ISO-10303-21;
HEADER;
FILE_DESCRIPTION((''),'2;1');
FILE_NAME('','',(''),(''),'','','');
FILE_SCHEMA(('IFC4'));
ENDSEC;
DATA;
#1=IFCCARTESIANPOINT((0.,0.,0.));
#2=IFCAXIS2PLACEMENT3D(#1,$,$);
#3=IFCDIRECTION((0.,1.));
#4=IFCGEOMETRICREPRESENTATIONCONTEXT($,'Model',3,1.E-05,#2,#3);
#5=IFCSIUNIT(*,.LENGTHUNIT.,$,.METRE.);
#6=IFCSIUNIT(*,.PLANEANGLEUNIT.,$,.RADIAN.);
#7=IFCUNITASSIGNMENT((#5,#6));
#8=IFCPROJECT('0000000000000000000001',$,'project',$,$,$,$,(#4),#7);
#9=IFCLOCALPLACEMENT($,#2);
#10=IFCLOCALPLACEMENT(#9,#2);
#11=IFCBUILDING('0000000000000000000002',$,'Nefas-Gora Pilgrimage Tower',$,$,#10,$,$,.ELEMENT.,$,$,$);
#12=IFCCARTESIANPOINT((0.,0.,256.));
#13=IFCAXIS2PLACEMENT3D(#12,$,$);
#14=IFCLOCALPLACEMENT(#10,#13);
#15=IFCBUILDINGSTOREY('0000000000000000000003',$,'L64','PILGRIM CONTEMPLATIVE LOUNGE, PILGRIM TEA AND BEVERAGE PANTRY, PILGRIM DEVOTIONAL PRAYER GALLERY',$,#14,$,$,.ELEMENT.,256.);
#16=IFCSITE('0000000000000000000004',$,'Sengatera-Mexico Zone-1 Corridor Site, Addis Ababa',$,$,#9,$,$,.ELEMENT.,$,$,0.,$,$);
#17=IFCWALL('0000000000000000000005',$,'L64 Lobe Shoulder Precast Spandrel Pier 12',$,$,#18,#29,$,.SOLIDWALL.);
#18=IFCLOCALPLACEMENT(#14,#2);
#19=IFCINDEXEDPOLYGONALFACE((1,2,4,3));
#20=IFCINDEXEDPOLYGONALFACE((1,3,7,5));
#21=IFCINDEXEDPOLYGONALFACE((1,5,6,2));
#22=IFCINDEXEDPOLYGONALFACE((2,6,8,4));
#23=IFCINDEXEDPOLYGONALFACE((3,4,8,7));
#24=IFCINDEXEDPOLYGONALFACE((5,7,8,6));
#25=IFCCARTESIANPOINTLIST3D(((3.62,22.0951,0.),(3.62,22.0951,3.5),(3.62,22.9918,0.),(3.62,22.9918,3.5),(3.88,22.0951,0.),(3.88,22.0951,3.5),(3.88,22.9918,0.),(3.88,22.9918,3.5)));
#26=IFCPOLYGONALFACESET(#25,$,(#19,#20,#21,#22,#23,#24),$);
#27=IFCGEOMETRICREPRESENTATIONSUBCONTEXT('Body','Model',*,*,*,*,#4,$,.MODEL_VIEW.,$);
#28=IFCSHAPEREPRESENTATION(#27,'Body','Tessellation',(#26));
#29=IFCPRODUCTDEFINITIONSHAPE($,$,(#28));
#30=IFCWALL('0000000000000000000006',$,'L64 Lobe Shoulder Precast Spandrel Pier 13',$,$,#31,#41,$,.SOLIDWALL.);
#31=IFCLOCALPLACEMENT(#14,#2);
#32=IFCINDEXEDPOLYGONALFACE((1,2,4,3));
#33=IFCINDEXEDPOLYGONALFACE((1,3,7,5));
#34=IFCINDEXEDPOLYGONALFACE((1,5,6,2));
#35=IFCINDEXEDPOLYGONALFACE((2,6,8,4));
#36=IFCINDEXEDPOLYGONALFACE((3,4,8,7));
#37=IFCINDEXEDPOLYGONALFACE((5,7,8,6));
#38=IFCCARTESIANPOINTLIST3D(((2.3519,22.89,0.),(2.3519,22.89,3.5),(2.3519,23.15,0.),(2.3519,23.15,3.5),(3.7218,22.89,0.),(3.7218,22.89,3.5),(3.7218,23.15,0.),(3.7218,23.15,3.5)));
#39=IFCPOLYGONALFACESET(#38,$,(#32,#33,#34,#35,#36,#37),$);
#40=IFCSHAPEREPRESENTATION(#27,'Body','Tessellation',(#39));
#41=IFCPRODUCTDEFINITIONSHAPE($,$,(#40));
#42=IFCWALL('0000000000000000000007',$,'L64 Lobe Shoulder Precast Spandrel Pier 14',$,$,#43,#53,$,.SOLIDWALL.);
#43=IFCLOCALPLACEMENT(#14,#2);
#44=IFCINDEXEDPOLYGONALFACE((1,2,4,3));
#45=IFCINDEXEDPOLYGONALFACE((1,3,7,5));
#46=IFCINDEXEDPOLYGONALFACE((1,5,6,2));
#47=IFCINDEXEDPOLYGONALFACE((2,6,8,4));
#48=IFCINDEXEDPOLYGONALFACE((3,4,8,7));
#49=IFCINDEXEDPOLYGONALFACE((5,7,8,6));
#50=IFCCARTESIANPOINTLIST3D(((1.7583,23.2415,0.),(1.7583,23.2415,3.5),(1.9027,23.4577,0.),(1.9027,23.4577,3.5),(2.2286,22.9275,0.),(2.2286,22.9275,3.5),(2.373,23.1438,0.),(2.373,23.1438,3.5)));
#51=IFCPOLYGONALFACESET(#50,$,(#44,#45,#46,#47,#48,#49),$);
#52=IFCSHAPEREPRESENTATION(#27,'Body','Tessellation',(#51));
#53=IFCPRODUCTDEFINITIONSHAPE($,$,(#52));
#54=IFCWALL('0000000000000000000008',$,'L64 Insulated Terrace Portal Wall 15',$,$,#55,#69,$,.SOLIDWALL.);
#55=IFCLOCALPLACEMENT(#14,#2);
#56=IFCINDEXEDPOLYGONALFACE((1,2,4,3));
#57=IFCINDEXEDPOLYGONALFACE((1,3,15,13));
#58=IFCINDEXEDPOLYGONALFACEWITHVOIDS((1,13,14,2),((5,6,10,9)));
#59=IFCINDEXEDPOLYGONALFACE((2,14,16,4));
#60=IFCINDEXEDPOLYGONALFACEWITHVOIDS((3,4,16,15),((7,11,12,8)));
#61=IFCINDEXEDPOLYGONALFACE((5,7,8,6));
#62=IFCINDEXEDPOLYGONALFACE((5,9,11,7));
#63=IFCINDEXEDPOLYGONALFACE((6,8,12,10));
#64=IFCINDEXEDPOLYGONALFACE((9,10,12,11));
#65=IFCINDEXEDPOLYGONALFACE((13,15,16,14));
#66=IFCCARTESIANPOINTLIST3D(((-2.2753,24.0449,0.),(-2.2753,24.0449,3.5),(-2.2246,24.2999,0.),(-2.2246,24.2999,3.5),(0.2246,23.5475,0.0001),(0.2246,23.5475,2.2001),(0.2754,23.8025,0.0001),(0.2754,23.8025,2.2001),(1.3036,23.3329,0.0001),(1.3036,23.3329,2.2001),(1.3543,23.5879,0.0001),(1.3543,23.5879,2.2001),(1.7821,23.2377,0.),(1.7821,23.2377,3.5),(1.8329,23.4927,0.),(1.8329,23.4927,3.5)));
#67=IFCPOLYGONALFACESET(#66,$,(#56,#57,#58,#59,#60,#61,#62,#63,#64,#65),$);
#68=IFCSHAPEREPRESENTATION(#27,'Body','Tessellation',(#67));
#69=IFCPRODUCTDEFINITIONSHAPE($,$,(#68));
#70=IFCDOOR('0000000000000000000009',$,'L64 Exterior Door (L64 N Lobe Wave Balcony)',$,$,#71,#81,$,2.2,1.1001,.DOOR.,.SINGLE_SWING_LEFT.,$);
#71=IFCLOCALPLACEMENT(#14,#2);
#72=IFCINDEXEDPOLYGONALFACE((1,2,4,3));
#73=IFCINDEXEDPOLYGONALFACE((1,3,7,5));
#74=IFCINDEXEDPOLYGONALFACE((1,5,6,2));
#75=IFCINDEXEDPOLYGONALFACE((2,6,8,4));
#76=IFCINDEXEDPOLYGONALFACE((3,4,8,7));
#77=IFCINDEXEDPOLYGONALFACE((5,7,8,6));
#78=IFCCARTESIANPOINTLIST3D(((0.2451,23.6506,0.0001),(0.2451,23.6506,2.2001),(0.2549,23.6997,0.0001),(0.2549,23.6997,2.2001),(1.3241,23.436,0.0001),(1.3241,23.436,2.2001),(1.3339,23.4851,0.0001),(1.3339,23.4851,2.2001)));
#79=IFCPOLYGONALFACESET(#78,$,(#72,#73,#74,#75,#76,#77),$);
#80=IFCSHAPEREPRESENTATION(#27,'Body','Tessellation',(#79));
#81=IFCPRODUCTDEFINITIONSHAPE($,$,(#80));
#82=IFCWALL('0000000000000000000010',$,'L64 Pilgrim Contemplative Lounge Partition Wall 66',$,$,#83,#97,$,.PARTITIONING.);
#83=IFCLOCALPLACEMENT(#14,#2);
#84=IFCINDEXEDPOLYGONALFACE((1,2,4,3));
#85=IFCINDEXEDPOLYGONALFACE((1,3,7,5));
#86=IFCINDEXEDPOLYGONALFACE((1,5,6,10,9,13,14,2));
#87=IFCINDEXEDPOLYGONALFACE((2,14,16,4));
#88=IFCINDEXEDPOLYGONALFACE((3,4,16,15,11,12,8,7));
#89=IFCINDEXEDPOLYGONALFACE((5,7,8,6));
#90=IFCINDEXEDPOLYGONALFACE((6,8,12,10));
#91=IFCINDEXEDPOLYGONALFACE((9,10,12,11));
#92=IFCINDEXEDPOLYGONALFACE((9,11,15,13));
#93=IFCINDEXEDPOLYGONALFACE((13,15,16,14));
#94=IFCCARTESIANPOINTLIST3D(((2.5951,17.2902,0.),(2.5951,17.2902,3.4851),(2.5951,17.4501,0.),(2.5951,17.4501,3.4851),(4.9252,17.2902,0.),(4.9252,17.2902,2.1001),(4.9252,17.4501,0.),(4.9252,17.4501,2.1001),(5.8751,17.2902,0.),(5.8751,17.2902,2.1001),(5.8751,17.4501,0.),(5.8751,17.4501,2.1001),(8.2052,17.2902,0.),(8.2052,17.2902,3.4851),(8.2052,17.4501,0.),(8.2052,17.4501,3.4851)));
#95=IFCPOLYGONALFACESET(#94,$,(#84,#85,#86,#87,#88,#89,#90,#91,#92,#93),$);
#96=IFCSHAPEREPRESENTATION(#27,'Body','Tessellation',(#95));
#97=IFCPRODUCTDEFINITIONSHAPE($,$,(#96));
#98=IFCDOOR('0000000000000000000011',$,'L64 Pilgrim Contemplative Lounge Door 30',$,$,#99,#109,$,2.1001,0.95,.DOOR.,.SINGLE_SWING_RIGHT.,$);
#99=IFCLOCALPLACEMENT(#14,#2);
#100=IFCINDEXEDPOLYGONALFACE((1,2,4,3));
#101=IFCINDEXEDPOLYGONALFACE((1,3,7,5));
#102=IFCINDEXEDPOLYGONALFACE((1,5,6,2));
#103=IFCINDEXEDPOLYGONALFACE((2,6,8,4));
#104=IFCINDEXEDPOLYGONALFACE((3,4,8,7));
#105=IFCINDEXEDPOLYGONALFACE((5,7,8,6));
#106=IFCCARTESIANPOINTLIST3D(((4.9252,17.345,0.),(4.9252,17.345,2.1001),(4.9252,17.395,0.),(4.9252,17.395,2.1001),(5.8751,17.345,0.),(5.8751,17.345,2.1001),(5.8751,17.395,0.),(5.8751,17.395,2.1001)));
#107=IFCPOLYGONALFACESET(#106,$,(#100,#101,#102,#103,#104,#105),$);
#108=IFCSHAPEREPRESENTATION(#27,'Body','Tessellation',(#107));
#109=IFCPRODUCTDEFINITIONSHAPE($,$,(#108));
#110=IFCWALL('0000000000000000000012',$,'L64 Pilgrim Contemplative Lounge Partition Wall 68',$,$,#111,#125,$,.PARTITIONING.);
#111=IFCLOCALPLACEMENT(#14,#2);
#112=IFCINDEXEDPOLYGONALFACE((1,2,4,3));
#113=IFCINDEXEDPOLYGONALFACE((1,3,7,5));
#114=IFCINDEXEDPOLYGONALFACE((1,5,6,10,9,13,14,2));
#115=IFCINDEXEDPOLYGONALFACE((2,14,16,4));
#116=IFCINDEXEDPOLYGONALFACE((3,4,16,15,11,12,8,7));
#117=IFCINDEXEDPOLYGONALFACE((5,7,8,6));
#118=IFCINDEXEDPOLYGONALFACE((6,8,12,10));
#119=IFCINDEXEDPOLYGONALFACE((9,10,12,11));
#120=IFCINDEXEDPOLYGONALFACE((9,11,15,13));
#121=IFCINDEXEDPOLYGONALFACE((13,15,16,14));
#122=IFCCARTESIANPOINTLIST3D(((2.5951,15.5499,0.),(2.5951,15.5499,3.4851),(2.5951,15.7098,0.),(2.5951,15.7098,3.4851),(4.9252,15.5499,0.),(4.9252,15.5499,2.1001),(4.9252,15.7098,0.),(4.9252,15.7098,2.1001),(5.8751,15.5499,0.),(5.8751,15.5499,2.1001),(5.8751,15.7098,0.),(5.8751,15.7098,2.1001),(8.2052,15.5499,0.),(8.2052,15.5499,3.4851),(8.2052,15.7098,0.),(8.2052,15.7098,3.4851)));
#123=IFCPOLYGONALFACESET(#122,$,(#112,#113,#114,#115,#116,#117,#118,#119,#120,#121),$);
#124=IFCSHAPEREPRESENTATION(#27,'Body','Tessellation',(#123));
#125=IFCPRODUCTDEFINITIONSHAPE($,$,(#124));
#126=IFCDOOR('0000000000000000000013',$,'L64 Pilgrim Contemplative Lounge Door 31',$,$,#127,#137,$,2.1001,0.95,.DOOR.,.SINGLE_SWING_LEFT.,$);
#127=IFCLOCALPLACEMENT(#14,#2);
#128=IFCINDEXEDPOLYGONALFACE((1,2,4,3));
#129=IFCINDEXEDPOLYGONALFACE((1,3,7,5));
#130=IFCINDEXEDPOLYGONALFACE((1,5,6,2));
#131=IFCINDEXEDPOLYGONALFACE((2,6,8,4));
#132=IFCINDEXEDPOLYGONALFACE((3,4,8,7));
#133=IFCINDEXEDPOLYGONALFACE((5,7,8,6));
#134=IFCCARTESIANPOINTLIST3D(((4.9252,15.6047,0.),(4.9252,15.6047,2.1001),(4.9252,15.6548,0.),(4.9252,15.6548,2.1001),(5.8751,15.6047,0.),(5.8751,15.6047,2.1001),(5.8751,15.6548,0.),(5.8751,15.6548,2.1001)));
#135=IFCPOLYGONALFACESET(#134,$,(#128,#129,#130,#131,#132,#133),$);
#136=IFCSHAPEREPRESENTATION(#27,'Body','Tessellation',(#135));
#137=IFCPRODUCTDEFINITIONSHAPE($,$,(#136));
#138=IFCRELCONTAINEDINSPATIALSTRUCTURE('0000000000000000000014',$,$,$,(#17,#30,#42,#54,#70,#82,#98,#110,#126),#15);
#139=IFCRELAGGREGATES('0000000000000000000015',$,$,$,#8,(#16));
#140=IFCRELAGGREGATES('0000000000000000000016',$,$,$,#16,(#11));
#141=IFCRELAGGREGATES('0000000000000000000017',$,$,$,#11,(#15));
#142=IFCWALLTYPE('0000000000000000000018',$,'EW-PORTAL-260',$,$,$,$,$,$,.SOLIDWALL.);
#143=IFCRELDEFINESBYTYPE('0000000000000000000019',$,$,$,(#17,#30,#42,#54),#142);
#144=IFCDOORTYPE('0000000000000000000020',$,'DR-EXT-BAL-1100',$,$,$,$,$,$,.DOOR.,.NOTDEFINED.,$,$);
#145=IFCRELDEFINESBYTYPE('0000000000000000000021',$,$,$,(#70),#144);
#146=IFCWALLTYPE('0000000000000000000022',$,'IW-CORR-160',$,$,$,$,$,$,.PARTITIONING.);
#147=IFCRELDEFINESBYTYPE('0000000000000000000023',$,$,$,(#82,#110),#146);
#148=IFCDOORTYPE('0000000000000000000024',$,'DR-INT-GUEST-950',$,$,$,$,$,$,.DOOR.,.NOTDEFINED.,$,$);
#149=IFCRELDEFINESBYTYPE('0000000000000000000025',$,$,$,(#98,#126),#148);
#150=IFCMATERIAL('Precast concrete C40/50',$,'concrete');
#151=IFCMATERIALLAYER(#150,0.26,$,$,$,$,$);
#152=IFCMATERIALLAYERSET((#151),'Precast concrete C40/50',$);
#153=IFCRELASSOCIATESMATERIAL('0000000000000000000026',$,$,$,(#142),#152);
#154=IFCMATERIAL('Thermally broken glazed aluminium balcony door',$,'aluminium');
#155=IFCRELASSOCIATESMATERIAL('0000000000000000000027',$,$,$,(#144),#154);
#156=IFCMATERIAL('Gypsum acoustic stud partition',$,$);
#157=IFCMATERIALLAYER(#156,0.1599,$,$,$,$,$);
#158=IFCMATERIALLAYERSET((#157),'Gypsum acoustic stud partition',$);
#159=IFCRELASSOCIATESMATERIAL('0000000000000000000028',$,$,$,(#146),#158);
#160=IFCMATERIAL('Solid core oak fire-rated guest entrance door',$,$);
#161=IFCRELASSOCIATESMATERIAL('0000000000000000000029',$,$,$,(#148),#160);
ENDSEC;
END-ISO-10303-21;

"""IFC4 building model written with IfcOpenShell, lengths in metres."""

from ifc_helpers import new_model, si_unit, direction, frame, frame_2d, origin, place, context, subcontext, project, spatial, rectangle, extrude, source, transform, mapped, material, layer, layer_set, type_object, element, fill, save


model = new_model("IFC4")

# Units and contexts
model_context = context("Model", 3, precision=1e-05, world=origin(), true_north=direction((0.0, 1.0)))
body_context = subcontext(model_context, "Body", "Model", "MODEL_VIEW")
ifc_project = project(units=[si_unit("LENGTHUNIT", "METRE"), si_unit("PLANEANGLEUNIT", "RADIAN")], contexts=[model_context])

# Site, building, storey
site_placement = place(None, origin())
site = spatial("IfcSite", under=ifc_project, at=site_placement, Name="Sengatera-Mexico Zone-1 Corridor Site, Addis Ababa", CompositionType="ELEMENT", RefElevation=0.0)
building_placement = place(site_placement, origin())
building = spatial("IfcBuilding", under=site, at=building_placement, Name="Nefas-Gora Pilgrimage Tower", CompositionType="ELEMENT")
storey_placement = place(building_placement, frame((0.0, 0.0, 256.0)))
storey = spatial("IfcBuildingStorey", under=building, at=storey_placement, Name="L64", Description="PILGRIM CONTEMPLATIVE LOUNGE, PILGRIM TEA AND BEVERAGE PANTRY, PILGRIM DEVOTIONAL PRAYER GALLERY", CompositionType="ELEMENT", Elevation=256.0)

# Walls
ifc_material_1 = material(Name="Precast concrete C40/50", Category="concrete")
ifc_layer_1 = layer(ifc_material_1, 0.26)
ifc_layer_set_1 = layer_set([ifc_layer_1], Name="Precast concrete C40/50")
wall_type_1 = type_object("IfcWallType", Name="EW-PORTAL-260", PredefinedType="SOLIDWALL", material=ifc_layer_set_1)
shared_shape_1 = source(origin(), body_context, "Body", "SweptSolid", [
    extrude(rectangle(XDim=0.8967, YDim=0.26, at=frame_2d((0.4482, 0.0))), origin(), (0.0, 0.0, 1.0), 3.5),
])
wall_1_placement = place(storey_placement, frame((3.75, 22.0952, 0.0), z_axis=(0.0, 0.0, 1.0), x_axis=(0.0, 1.0, 0.0)))
element("IfcWall", 1, at=wall_1_placement, inside=storey, type_object=wall_type_1, Name="L64 Lobe Shoulder Precast Spandrel Pier 12", PredefinedType="SOLIDWALL", context=body_context, shape_type="MappedRepresentation", body=[
    mapped(shared_shape_1, transform((0.0, 0.0, 0.0), x_axis=(1.0, 0.0, 0.0), y_axis=(0.0, 1.0, 0.0), z_axis=(0.0, 0.0, 1.0), scale=1.0)),
])
shared_shape_2 = source(origin(), body_context, "Body", "SweptSolid", [
    extrude(rectangle(XDim=1.3699, YDim=0.26, at=frame_2d((0.6851, 0.0))), origin(), (0.0, 0.0, 1.0), 3.5),
])
wall_2_placement = place(storey_placement, frame((3.7219, 23.02, 0.0), z_axis=(0.0, 0.0, 1.0), x_axis=(-1.0, 0.0, 0.0)))
element("IfcWall", 2, at=wall_2_placement, inside=storey, type_object=wall_type_1, Name="L64 Lobe Shoulder Precast Spandrel Pier 13", PredefinedType="SOLIDWALL", context=body_context, shape_type="MappedRepresentation", body=[
    mapped(shared_shape_2, transform((0.0, 0.0, 0.0), x_axis=(1.0, 0.0, 0.0), y_axis=(0.0, 1.0, 0.0), z_axis=(0.0, 0.0, 1.0), scale=1.0)),
])
shared_shape_3 = source(origin(), body_context, "Body", "SweptSolid", [
    extrude(rectangle(XDim=0.5654, YDim=0.26, at=frame_2d((0.2827, 0.0))), origin(), (0.0, 0.0, 1.0), 3.5),
])
wall_3_placement = place(storey_placement, frame((2.3008, 23.0356, 0.0), z_axis=(0.0, 0.0, 1.0), x_axis=(-0.831651, 0.555298, 0.0)))
element("IfcWall", 3, at=wall_3_placement, inside=storey, type_object=wall_type_1, Name="L64 Lobe Shoulder Precast Spandrel Pier 14", PredefinedType="SOLIDWALL", context=body_context, shape_type="MappedRepresentation", body=[
    mapped(shared_shape_3, transform((0.0, 0.0, 0.0), x_axis=(1.0, 0.0, 0.0), y_axis=(0.0, 1.0, 0.0), z_axis=(0.0, 0.0, 1.0), scale=1.0)),
])

# Walls, openings, doors
shared_shape_4 = source(origin(), body_context, "Body", "SweptSolid", [
    extrude(rectangle(XDim=4.137, YDim=0.26, at=frame_2d((2.0684, 0.0))), origin(), (0.0, 0.0, 1.0), 3.5),
])
wall_4_placement = place(storey_placement, frame((1.8074, 23.3652, 0.0), z_axis=(0.0, 0.0, 1.0), x_axis=(-0.980782, 0.195106, 0.0)))
wall_4 = element("IfcWall", 4, at=wall_4_placement, inside=storey, type_object=wall_type_1, Name="L64 Insulated Terrace Portal Wall 15", PredefinedType="SOLIDWALL", context=body_context, shape_type="MappedRepresentation", body=[
    mapped(shared_shape_4, transform((0.0, 0.0, 0.0), x_axis=(1.0, 0.0, 0.0), y_axis=(0.0, 1.0, 0.0), z_axis=(0.0, 0.0, 1.0), scale=1.0)),
])
opening_1_placement = place(wall_4_placement, frame((0.4878, 0.0, 0.0)))
opening_1 = element("IfcOpeningElement", 5, at=opening_1_placement, cuts=wall_4, PredefinedType="OPENING", context=body_context, shape_type="SweptSolid", body=[
    extrude(rectangle(XDim=1.1001, YDim=2.2, at=frame_2d((0.55, 1.1001))), frame((0.0, 0.1399, 0.0), z_axis=(0.0, -1.0, 0.0), x_axis=(1.0, 0.0, 0.0)), (0.0, 0.0, 1.0), 0.28),
])
ifc_material_2 = material(Name="Thermally broken glazed aluminium balcony door", Category="aluminium")
door_type_1 = type_object("IfcDoorType", Name="DR-EXT-BAL-1100", OperationType="NOTDEFINED", PredefinedType="DOOR", material=ifc_material_2)
shared_shape_5 = source(origin(), body_context, "Body", "SweptSolid", [
    extrude(rectangle(XDim=1.1001, YDim=2.2, at=frame_2d((0.55, 1.1001))), frame((0.0, 0.0249, 0.0), z_axis=(0.0, -1.0, 0.0), x_axis=(1.0, 0.0, 0.0)), (0.0, 0.0, 1.0), 0.05),
])
door_1_placement = place(opening_1_placement, origin())
door_1 = element("IfcDoor", 6, at=door_1_placement, inside=storey, type_object=door_type_1, Name="L64 Exterior Door (L64 N Lobe Wave Balcony)", OperationType="SINGLE_SWING_LEFT", OverallHeight=2.2, OverallWidth=1.1001, PredefinedType="DOOR", context=body_context, shape_type="MappedRepresentation", body=[
    mapped(shared_shape_5, transform((0.0, 0.0, 0.0), x_axis=(1.0, 0.0, 0.0), y_axis=(0.0, 1.0, 0.0), z_axis=(0.0, 0.0, 1.0), scale=1.0)),
])
fill(opening_1, door_1)
ifc_material_3 = material(Name="Gypsum acoustic stud partition")
ifc_layer_2 = layer(ifc_material_3, 0.1599)
ifc_layer_set_2 = layer_set([ifc_layer_2], Name="Gypsum acoustic stud partition")
wall_type_2 = type_object("IfcWallType", Name="IW-CORR-160", PredefinedType="PARTITIONING", material=ifc_layer_set_2)
shared_shape_6 = source(origin(), body_context, "Body", "SweptSolid", [
    extrude(rectangle(XDim=5.6101, YDim=0.1599, at=frame_2d((2.8052, 0.0))), origin(), (0.0, 0.0, 1.0), 3.4851),
])
wall_5_placement = place(storey_placement, frame((2.595, 17.3701, 0.0), z_axis=(0.0, 0.0, 1.0), x_axis=(1.0, 0.0, 0.0)))
wall_5 = element("IfcWall", 7, at=wall_5_placement, inside=storey, type_object=wall_type_2, Name="L64 Pilgrim Contemplative Lounge Partition Wall 66", PredefinedType="PARTITIONING", context=body_context, shape_type="MappedRepresentation", body=[
    mapped(shared_shape_6, transform((0.0, 0.0, 0.0), x_axis=(1.0, 0.0, 0.0), y_axis=(0.0, 1.0, 0.0), z_axis=(0.0, 0.0, 1.0), scale=1.0)),
])
opening_2_placement = place(wall_5_placement, frame((2.3301, 0.0, 0.0)))
opening_2 = element("IfcOpeningElement", 8, at=opening_2_placement, cuts=wall_5, PredefinedType="OPENING", context=body_context, shape_type="SweptSolid", body=[
    extrude(rectangle(XDim=0.95, YDim=2.1001, at=frame_2d((0.4751, 1.05))), frame((0.0, 0.0898, 0.0), z_axis=(0.0, -1.0, 0.0), x_axis=(1.0, 0.0, 0.0)), (0.0, 0.0, 1.0), 0.1799),
])
ifc_material_4 = material(Name="Solid core oak fire-rated guest entrance door")
door_type_2 = type_object("IfcDoorType", Name="DR-INT-GUEST-950", OperationType="NOTDEFINED", PredefinedType="DOOR", material=ifc_material_4)
shared_shape_7 = source(origin(), body_context, "Body", "SweptSolid", [
    extrude(rectangle(XDim=0.95, YDim=2.1001, at=frame_2d((0.4751, 1.05))), frame((0.0, 0.0249, 0.0), z_axis=(0.0, -1.0, 0.0), x_axis=(1.0, 0.0, 0.0)), (0.0, 0.0, 1.0), 0.05),
])
door_2_placement = place(opening_2_placement, origin())
door_2 = element("IfcDoor", 9, at=door_2_placement, inside=storey, type_object=door_type_2, Name="L64 Pilgrim Contemplative Lounge Door 30", OperationType="SINGLE_SWING_RIGHT", OverallHeight=2.1001, OverallWidth=0.95, PredefinedType="DOOR", context=body_context, shape_type="MappedRepresentation", body=[
    mapped(shared_shape_7, transform((0.0, 0.0, 0.0), x_axis=(1.0, 0.0, 0.0), y_axis=(0.0, 1.0, 0.0), z_axis=(0.0, 0.0, 1.0), scale=1.0)),
])
fill(opening_2, door_2)
wall_6_placement = place(storey_placement, frame((2.595, 15.6299, 0.0), z_axis=(0.0, 0.0, 1.0), x_axis=(1.0, 0.0, 0.0)))
wall_6 = element("IfcWall", 10, at=wall_6_placement, inside=storey, type_object=wall_type_2, Name="L64 Pilgrim Contemplative Lounge Partition Wall 68", PredefinedType="PARTITIONING", context=body_context, shape_type="MappedRepresentation", body=[
    mapped(shared_shape_6, transform((0.0, 0.0, 0.0), x_axis=(1.0, 0.0, 0.0), y_axis=(0.0, 1.0, 0.0), z_axis=(0.0, 0.0, 1.0), scale=1.0)),
])
opening_3_placement = place(wall_6_placement, frame((2.3301, 0.0, 0.0)))
opening_3 = element("IfcOpeningElement", 11, at=opening_3_placement, cuts=wall_6, PredefinedType="OPENING", context=body_context, shape_type="SweptSolid", body=[
    extrude(rectangle(XDim=0.95, YDim=2.1001, at=frame_2d((0.4751, 1.05))), frame((0.0, 0.0898, 0.0), z_axis=(0.0, -1.0, 0.0), x_axis=(1.0, 0.0, 0.0)), (0.0, 0.0, 1.0), 0.1799),
])
door_3_placement = place(opening_3_placement, origin())
door_3 = element("IfcDoor", 12, at=door_3_placement, inside=storey, type_object=door_type_2, Name="L64 Pilgrim Contemplative Lounge Door 31", OperationType="SINGLE_SWING_LEFT", OverallHeight=2.1001, OverallWidth=0.95, PredefinedType="DOOR", context=body_context, shape_type="MappedRepresentation", body=[
    mapped(shared_shape_7, transform((0.0, 0.0, 0.0), x_axis=(1.0, 0.0, 0.0), y_axis=(0.0, 1.0, 0.0), z_axis=(0.0, 0.0, 1.0), scale=1.0)),
])
fill(opening_3, door_3)

save(model, "model.ifc")
